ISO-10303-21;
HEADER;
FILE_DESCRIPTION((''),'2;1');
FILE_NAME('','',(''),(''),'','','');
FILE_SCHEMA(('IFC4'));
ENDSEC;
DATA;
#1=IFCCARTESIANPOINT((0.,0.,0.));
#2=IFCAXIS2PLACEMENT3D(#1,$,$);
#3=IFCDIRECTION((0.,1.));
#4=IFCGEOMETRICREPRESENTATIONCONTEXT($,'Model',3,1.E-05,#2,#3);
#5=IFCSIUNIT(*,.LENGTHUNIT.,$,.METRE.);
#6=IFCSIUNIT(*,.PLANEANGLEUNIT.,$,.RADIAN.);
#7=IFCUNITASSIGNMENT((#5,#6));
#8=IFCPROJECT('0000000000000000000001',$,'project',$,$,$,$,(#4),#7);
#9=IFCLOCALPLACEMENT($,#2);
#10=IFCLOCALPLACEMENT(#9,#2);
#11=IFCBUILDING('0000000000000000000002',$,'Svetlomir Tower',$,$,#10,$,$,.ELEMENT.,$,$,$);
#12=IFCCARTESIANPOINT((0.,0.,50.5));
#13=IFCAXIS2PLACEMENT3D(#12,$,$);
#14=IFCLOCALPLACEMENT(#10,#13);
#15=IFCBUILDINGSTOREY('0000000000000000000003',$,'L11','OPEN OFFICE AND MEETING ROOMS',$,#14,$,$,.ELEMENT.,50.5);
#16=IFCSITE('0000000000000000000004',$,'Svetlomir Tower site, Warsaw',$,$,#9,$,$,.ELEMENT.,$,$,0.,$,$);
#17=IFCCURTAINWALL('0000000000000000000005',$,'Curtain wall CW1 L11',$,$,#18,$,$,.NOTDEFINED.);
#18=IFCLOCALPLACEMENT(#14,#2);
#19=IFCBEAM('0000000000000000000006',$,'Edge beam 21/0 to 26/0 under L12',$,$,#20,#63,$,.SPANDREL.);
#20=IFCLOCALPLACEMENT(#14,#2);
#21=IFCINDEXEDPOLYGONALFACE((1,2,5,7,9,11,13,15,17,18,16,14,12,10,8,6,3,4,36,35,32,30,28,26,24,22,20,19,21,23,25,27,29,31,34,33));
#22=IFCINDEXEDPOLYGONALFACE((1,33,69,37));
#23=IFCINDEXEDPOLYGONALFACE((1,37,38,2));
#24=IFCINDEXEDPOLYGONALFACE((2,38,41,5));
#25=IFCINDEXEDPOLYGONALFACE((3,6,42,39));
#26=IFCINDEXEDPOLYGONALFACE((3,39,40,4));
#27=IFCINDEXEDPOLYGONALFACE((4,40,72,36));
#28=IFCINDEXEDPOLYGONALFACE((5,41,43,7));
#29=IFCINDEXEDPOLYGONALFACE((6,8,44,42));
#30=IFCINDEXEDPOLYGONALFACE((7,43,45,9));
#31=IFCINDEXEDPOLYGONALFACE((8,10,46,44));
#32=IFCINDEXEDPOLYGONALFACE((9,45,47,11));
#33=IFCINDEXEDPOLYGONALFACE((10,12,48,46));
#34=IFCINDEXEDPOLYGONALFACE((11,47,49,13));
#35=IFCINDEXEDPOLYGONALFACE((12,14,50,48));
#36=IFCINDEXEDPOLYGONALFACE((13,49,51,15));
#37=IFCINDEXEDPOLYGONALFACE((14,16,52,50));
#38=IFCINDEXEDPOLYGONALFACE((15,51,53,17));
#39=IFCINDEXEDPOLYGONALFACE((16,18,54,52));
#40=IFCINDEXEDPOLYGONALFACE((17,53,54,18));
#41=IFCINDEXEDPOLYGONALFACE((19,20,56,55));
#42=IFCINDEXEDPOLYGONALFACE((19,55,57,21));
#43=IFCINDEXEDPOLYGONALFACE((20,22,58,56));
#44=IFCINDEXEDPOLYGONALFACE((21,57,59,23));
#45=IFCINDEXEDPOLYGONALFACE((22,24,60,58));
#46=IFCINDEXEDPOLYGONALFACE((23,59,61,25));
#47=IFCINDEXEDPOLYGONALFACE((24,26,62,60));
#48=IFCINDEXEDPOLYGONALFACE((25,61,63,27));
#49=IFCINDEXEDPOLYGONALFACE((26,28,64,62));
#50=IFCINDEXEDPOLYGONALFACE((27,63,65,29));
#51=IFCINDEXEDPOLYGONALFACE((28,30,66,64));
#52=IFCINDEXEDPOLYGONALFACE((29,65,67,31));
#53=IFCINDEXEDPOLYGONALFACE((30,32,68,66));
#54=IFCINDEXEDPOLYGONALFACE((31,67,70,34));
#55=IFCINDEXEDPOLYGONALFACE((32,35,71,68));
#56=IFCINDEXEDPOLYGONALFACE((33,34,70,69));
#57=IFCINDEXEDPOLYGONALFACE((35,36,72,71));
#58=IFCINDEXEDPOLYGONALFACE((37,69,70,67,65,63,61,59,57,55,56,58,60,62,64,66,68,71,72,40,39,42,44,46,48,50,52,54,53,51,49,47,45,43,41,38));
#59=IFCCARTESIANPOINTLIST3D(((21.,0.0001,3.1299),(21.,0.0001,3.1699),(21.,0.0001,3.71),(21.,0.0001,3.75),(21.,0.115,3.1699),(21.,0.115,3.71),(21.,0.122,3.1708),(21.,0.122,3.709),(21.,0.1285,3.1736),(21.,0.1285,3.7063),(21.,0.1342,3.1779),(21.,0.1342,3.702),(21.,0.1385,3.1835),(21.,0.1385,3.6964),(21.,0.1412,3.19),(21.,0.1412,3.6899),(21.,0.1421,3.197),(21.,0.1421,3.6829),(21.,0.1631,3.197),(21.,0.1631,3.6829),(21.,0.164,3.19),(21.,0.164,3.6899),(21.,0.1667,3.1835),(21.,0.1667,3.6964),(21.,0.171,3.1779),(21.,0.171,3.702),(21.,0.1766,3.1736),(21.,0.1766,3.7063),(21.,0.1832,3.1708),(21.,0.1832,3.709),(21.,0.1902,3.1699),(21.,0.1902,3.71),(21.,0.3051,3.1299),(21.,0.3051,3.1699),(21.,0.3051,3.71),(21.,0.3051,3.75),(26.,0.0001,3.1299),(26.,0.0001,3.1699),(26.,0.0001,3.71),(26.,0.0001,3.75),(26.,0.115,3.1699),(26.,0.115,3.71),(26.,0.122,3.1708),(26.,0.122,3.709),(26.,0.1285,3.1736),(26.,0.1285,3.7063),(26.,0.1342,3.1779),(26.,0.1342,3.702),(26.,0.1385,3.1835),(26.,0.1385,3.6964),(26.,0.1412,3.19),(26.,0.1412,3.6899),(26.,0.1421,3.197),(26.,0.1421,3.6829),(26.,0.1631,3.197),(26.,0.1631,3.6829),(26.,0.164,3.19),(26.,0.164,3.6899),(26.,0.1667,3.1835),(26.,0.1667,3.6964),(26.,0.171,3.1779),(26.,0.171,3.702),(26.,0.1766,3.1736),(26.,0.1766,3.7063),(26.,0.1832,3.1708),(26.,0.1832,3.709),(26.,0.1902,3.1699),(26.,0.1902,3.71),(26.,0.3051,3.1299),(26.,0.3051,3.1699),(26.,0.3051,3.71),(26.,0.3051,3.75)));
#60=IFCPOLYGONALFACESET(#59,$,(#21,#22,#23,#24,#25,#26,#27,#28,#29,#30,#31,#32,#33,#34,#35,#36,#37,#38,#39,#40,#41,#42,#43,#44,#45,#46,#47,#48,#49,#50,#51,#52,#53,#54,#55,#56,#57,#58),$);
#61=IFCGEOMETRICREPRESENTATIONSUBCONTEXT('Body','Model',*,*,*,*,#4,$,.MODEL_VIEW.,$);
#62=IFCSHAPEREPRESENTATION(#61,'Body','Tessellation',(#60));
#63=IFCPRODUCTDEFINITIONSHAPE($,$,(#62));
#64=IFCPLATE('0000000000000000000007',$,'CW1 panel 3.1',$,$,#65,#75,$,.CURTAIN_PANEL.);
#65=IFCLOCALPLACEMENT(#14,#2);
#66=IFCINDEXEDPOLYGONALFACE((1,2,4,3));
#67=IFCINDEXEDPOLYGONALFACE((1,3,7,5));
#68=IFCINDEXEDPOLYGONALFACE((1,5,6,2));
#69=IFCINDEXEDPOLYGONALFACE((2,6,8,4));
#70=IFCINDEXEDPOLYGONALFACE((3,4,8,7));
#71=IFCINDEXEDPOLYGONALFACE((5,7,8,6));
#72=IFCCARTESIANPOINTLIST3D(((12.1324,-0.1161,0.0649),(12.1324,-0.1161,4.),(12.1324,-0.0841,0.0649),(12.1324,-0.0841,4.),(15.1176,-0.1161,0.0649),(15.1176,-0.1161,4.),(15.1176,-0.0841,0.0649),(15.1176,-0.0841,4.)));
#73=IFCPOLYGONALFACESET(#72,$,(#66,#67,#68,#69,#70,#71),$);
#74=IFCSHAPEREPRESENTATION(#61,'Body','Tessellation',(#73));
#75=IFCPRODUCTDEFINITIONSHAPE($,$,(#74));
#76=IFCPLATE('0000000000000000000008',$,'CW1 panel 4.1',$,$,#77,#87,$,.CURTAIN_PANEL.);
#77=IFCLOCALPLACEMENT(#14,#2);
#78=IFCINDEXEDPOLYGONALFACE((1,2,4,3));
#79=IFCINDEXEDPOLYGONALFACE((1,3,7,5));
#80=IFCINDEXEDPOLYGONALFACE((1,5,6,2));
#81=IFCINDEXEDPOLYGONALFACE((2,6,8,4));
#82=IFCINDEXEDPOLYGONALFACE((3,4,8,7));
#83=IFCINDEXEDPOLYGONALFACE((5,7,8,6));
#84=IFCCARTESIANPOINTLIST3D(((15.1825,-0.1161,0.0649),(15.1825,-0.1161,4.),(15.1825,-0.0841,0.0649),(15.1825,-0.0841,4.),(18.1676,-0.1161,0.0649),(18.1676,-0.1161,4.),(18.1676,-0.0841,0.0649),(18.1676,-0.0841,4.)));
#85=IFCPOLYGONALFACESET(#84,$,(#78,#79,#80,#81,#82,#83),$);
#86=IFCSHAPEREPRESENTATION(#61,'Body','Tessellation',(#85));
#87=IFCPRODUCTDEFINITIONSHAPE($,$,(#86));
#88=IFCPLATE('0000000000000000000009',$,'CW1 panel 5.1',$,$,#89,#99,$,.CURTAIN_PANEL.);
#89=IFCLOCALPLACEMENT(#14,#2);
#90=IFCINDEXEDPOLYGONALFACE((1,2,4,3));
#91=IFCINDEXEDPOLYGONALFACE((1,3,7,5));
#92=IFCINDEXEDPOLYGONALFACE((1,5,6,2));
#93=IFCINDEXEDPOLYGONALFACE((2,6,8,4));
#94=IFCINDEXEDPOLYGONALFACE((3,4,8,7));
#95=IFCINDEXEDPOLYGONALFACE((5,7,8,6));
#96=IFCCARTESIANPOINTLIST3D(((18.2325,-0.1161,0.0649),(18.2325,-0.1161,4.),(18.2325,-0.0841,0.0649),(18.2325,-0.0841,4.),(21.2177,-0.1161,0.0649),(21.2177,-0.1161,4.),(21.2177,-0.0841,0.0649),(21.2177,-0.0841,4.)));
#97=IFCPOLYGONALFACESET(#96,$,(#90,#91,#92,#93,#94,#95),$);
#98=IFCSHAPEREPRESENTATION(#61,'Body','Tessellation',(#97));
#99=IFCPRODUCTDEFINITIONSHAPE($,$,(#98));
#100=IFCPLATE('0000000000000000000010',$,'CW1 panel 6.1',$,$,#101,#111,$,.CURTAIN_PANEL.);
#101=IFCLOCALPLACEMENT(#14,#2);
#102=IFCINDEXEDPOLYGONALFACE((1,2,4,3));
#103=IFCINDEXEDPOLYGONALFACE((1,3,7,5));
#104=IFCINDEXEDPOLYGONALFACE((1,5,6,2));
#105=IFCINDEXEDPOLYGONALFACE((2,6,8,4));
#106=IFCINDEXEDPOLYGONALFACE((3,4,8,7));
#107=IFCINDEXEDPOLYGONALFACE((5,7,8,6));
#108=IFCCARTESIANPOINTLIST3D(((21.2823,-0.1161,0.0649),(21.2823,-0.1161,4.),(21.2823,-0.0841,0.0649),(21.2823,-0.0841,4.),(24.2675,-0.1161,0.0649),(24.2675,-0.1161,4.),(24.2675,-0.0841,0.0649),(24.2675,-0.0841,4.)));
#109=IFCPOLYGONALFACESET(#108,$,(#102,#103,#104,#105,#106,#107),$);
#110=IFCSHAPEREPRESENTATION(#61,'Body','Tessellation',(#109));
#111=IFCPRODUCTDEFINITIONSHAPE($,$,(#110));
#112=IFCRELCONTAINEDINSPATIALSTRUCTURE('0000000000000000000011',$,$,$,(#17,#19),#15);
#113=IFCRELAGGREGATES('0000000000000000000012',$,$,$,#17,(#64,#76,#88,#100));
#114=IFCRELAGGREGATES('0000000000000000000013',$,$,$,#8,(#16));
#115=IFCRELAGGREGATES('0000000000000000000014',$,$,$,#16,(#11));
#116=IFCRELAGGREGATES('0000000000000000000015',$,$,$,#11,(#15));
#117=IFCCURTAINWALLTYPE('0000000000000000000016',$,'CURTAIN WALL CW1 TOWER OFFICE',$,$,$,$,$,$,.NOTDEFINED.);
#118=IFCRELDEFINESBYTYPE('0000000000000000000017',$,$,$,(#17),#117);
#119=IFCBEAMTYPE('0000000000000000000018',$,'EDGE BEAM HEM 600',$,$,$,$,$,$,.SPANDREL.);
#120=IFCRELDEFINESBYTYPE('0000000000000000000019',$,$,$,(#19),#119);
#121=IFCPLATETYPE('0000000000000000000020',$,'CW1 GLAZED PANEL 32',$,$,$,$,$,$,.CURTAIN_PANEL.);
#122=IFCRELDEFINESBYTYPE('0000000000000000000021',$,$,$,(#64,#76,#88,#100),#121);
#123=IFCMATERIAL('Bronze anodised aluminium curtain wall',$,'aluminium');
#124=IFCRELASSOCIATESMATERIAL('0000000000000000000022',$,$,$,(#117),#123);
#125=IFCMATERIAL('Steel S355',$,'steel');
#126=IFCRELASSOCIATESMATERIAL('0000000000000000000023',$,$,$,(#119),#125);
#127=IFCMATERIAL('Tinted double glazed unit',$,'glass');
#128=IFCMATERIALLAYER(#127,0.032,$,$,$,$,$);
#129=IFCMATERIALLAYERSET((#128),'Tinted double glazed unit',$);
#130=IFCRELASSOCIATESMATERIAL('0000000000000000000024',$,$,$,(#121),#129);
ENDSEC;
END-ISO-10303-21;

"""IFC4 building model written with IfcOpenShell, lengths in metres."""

from ifc_helpers import new_model, si_unit, direction, frame, origin, origin_2d, place, context, subcontext, project, spatial, rectangle, i_section, extrude, material, layer, layer_set, material_profile, profile_set, type_object, element, aggregate, save


model = new_model("IFC4")

# Units and contexts
model_context = context("Model", 3, precision=1e-05, world=origin(), true_north=direction((0.0, 1.0)))
body_context = subcontext(model_context, "Body", "Model", "MODEL_VIEW")
ifc_project = project(units=[si_unit("LENGTHUNIT", "METRE"), si_unit("PLANEANGLEUNIT", "RADIAN")], contexts=[model_context])

# Site, building, storey
site_placement = place(None, origin())
site = spatial("IfcSite", under=ifc_project, at=site_placement, Name="Svetlomir Tower site, Warsaw", CompositionType="ELEMENT", RefElevation=0.0)
building_placement = place(site_placement, origin())
building = spatial("IfcBuilding", under=site, at=building_placement, Name="Svetlomir Tower", CompositionType="ELEMENT")
storey_placement = place(building_placement, frame((0.0, 0.0, 50.5)))
storey = spatial("IfcBuildingStorey", under=building, at=storey_placement, Name="L11", Description="OPEN OFFICE AND MEETING ROOMS", CompositionType="ELEMENT", Elevation=50.5)

# Curtain wall
ifc_material_1 = material(Name="Bronze anodised aluminium curtain wall", Category="aluminium")
curtain_wall_type = type_object("IfcCurtainWallType", Name="CURTAIN WALL CW1 TOWER OFFICE", PredefinedType="NOTDEFINED", material=ifc_material_1)
curtain_wall_placement = place(storey_placement, origin())
curtain_wall = element("IfcCurtainWall", 1, at=curtain_wall_placement, inside=storey, type_object=curtain_wall_type, Name="Curtain wall CW1 L11", PredefinedType="NOTDEFINED")

# Beam
ifc_material_2 = material(Name="Steel S355", Category="steel")
ifc_material_profile_1 = material_profile(ifc_material_2, i_section(OverallWidth=0.3049, OverallDepth=0.6201, WebThickness=0.021, FlangeThickness=0.04, FilletRadius=0.0271, at=origin_2d()), Name="HEM 600")
ifc_profile_set_1 = profile_set([ifc_material_profile_1], Name="Steel S355")
beam_type = type_object("IfcBeamType", Name="EDGE BEAM HEM 600", PredefinedType="SPANDREL", material=ifc_profile_set_1)
for number, where, z_axis, x_axis, name in (
    (2, (21.0, 0.1526, 3.4399), (1.0, 0.0, 0.0), (0.0, 1.0, 0.0), "Edge beam 21/0 to 26/0 under L12"),
):
    element("IfcBeam", number, at=place(storey_placement, frame(where, z_axis=z_axis, x_axis=x_axis)), inside=storey, type_object=beam_type, Name=name, PredefinedType="SPANDREL", context=body_context, shape_type="SweptSolid", body=[
        extrude(i_section(OverallWidth=0.3049, OverallDepth=0.6201, WebThickness=0.021, FlangeThickness=0.04, FilletRadius=0.0271, at=origin_2d()), origin(), (0.0, 0.0, 1.0), 5.0),
    ])

# Plates
ifc_material_3 = material(Name="Tinted double glazed unit", Category="glass")
ifc_layer = layer(ifc_material_3, 0.032)
ifc_layer_set = layer_set([ifc_layer], Name="Tinted double glazed unit")
plate_type = type_object("IfcPlateType", Name="CW1 GLAZED PANEL 32", PredefinedType="CURTAIN_PANEL", material=ifc_layer_set)
plate_1_placement = place(storey_placement, frame((13.625, -0.1001, 0.0649), z_axis=(0.0, 0.0, 1.0), x_axis=(1.0, 0.0, 0.0)))
plate_1 = element("IfcPlate", 3, at=plate_1_placement, type_object=plate_type, Name="CW1 panel 3.1", PredefinedType="CURTAIN_PANEL", context=body_context, shape_type="SweptSolid", body=[
    extrude(rectangle(XDim=2.9851, YDim=0.032, at=origin_2d()), origin(), (0.0, 0.0, 1.0), 3.9351),
])
plate_2_placement = place(storey_placement, frame((16.675, -0.1001, 0.0649), z_axis=(0.0, 0.0, 1.0), x_axis=(1.0, 0.0, 0.0)))
plate_2 = element("IfcPlate", 4, at=plate_2_placement, type_object=plate_type, Name="CW1 panel 4.1", PredefinedType="CURTAIN_PANEL", context=body_context, shape_type="SweptSolid", body=[
    extrude(rectangle(XDim=2.9851, YDim=0.032, at=origin_2d()), origin(), (0.0, 0.0, 1.0), 3.9351),
])
plate_3_placement = place(storey_placement, frame((19.7251, -0.1001, 0.0649), z_axis=(0.0, 0.0, 1.0), x_axis=(1.0, 0.0, 0.0)))
plate_3 = element("IfcPlate", 5, at=plate_3_placement, type_object=plate_type, Name="CW1 panel 5.1", PredefinedType="CURTAIN_PANEL", context=body_context, shape_type="SweptSolid", body=[
    extrude(rectangle(XDim=2.9851, YDim=0.032, at=origin_2d()), origin(), (0.0, 0.0, 1.0), 3.9351),
])
plate_4_placement = place(storey_placement, frame((22.7749, -0.1001, 0.0649), z_axis=(0.0, 0.0, 1.0), x_axis=(1.0, 0.0, 0.0)))
plate_4 = element("IfcPlate", 6, at=plate_4_placement, type_object=plate_type, Name="CW1 panel 6.1", PredefinedType="CURTAIN_PANEL", context=body_context, shape_type="SweptSolid", body=[
    extrude(rectangle(XDim=2.9851, YDim=0.032, at=origin_2d()), origin(), (0.0, 0.0, 1.0), 3.9351),
])
aggregate(curtain_wall, [plate_1, plate_2, plate_3, plate_4])

save(model, "model.ifc")
